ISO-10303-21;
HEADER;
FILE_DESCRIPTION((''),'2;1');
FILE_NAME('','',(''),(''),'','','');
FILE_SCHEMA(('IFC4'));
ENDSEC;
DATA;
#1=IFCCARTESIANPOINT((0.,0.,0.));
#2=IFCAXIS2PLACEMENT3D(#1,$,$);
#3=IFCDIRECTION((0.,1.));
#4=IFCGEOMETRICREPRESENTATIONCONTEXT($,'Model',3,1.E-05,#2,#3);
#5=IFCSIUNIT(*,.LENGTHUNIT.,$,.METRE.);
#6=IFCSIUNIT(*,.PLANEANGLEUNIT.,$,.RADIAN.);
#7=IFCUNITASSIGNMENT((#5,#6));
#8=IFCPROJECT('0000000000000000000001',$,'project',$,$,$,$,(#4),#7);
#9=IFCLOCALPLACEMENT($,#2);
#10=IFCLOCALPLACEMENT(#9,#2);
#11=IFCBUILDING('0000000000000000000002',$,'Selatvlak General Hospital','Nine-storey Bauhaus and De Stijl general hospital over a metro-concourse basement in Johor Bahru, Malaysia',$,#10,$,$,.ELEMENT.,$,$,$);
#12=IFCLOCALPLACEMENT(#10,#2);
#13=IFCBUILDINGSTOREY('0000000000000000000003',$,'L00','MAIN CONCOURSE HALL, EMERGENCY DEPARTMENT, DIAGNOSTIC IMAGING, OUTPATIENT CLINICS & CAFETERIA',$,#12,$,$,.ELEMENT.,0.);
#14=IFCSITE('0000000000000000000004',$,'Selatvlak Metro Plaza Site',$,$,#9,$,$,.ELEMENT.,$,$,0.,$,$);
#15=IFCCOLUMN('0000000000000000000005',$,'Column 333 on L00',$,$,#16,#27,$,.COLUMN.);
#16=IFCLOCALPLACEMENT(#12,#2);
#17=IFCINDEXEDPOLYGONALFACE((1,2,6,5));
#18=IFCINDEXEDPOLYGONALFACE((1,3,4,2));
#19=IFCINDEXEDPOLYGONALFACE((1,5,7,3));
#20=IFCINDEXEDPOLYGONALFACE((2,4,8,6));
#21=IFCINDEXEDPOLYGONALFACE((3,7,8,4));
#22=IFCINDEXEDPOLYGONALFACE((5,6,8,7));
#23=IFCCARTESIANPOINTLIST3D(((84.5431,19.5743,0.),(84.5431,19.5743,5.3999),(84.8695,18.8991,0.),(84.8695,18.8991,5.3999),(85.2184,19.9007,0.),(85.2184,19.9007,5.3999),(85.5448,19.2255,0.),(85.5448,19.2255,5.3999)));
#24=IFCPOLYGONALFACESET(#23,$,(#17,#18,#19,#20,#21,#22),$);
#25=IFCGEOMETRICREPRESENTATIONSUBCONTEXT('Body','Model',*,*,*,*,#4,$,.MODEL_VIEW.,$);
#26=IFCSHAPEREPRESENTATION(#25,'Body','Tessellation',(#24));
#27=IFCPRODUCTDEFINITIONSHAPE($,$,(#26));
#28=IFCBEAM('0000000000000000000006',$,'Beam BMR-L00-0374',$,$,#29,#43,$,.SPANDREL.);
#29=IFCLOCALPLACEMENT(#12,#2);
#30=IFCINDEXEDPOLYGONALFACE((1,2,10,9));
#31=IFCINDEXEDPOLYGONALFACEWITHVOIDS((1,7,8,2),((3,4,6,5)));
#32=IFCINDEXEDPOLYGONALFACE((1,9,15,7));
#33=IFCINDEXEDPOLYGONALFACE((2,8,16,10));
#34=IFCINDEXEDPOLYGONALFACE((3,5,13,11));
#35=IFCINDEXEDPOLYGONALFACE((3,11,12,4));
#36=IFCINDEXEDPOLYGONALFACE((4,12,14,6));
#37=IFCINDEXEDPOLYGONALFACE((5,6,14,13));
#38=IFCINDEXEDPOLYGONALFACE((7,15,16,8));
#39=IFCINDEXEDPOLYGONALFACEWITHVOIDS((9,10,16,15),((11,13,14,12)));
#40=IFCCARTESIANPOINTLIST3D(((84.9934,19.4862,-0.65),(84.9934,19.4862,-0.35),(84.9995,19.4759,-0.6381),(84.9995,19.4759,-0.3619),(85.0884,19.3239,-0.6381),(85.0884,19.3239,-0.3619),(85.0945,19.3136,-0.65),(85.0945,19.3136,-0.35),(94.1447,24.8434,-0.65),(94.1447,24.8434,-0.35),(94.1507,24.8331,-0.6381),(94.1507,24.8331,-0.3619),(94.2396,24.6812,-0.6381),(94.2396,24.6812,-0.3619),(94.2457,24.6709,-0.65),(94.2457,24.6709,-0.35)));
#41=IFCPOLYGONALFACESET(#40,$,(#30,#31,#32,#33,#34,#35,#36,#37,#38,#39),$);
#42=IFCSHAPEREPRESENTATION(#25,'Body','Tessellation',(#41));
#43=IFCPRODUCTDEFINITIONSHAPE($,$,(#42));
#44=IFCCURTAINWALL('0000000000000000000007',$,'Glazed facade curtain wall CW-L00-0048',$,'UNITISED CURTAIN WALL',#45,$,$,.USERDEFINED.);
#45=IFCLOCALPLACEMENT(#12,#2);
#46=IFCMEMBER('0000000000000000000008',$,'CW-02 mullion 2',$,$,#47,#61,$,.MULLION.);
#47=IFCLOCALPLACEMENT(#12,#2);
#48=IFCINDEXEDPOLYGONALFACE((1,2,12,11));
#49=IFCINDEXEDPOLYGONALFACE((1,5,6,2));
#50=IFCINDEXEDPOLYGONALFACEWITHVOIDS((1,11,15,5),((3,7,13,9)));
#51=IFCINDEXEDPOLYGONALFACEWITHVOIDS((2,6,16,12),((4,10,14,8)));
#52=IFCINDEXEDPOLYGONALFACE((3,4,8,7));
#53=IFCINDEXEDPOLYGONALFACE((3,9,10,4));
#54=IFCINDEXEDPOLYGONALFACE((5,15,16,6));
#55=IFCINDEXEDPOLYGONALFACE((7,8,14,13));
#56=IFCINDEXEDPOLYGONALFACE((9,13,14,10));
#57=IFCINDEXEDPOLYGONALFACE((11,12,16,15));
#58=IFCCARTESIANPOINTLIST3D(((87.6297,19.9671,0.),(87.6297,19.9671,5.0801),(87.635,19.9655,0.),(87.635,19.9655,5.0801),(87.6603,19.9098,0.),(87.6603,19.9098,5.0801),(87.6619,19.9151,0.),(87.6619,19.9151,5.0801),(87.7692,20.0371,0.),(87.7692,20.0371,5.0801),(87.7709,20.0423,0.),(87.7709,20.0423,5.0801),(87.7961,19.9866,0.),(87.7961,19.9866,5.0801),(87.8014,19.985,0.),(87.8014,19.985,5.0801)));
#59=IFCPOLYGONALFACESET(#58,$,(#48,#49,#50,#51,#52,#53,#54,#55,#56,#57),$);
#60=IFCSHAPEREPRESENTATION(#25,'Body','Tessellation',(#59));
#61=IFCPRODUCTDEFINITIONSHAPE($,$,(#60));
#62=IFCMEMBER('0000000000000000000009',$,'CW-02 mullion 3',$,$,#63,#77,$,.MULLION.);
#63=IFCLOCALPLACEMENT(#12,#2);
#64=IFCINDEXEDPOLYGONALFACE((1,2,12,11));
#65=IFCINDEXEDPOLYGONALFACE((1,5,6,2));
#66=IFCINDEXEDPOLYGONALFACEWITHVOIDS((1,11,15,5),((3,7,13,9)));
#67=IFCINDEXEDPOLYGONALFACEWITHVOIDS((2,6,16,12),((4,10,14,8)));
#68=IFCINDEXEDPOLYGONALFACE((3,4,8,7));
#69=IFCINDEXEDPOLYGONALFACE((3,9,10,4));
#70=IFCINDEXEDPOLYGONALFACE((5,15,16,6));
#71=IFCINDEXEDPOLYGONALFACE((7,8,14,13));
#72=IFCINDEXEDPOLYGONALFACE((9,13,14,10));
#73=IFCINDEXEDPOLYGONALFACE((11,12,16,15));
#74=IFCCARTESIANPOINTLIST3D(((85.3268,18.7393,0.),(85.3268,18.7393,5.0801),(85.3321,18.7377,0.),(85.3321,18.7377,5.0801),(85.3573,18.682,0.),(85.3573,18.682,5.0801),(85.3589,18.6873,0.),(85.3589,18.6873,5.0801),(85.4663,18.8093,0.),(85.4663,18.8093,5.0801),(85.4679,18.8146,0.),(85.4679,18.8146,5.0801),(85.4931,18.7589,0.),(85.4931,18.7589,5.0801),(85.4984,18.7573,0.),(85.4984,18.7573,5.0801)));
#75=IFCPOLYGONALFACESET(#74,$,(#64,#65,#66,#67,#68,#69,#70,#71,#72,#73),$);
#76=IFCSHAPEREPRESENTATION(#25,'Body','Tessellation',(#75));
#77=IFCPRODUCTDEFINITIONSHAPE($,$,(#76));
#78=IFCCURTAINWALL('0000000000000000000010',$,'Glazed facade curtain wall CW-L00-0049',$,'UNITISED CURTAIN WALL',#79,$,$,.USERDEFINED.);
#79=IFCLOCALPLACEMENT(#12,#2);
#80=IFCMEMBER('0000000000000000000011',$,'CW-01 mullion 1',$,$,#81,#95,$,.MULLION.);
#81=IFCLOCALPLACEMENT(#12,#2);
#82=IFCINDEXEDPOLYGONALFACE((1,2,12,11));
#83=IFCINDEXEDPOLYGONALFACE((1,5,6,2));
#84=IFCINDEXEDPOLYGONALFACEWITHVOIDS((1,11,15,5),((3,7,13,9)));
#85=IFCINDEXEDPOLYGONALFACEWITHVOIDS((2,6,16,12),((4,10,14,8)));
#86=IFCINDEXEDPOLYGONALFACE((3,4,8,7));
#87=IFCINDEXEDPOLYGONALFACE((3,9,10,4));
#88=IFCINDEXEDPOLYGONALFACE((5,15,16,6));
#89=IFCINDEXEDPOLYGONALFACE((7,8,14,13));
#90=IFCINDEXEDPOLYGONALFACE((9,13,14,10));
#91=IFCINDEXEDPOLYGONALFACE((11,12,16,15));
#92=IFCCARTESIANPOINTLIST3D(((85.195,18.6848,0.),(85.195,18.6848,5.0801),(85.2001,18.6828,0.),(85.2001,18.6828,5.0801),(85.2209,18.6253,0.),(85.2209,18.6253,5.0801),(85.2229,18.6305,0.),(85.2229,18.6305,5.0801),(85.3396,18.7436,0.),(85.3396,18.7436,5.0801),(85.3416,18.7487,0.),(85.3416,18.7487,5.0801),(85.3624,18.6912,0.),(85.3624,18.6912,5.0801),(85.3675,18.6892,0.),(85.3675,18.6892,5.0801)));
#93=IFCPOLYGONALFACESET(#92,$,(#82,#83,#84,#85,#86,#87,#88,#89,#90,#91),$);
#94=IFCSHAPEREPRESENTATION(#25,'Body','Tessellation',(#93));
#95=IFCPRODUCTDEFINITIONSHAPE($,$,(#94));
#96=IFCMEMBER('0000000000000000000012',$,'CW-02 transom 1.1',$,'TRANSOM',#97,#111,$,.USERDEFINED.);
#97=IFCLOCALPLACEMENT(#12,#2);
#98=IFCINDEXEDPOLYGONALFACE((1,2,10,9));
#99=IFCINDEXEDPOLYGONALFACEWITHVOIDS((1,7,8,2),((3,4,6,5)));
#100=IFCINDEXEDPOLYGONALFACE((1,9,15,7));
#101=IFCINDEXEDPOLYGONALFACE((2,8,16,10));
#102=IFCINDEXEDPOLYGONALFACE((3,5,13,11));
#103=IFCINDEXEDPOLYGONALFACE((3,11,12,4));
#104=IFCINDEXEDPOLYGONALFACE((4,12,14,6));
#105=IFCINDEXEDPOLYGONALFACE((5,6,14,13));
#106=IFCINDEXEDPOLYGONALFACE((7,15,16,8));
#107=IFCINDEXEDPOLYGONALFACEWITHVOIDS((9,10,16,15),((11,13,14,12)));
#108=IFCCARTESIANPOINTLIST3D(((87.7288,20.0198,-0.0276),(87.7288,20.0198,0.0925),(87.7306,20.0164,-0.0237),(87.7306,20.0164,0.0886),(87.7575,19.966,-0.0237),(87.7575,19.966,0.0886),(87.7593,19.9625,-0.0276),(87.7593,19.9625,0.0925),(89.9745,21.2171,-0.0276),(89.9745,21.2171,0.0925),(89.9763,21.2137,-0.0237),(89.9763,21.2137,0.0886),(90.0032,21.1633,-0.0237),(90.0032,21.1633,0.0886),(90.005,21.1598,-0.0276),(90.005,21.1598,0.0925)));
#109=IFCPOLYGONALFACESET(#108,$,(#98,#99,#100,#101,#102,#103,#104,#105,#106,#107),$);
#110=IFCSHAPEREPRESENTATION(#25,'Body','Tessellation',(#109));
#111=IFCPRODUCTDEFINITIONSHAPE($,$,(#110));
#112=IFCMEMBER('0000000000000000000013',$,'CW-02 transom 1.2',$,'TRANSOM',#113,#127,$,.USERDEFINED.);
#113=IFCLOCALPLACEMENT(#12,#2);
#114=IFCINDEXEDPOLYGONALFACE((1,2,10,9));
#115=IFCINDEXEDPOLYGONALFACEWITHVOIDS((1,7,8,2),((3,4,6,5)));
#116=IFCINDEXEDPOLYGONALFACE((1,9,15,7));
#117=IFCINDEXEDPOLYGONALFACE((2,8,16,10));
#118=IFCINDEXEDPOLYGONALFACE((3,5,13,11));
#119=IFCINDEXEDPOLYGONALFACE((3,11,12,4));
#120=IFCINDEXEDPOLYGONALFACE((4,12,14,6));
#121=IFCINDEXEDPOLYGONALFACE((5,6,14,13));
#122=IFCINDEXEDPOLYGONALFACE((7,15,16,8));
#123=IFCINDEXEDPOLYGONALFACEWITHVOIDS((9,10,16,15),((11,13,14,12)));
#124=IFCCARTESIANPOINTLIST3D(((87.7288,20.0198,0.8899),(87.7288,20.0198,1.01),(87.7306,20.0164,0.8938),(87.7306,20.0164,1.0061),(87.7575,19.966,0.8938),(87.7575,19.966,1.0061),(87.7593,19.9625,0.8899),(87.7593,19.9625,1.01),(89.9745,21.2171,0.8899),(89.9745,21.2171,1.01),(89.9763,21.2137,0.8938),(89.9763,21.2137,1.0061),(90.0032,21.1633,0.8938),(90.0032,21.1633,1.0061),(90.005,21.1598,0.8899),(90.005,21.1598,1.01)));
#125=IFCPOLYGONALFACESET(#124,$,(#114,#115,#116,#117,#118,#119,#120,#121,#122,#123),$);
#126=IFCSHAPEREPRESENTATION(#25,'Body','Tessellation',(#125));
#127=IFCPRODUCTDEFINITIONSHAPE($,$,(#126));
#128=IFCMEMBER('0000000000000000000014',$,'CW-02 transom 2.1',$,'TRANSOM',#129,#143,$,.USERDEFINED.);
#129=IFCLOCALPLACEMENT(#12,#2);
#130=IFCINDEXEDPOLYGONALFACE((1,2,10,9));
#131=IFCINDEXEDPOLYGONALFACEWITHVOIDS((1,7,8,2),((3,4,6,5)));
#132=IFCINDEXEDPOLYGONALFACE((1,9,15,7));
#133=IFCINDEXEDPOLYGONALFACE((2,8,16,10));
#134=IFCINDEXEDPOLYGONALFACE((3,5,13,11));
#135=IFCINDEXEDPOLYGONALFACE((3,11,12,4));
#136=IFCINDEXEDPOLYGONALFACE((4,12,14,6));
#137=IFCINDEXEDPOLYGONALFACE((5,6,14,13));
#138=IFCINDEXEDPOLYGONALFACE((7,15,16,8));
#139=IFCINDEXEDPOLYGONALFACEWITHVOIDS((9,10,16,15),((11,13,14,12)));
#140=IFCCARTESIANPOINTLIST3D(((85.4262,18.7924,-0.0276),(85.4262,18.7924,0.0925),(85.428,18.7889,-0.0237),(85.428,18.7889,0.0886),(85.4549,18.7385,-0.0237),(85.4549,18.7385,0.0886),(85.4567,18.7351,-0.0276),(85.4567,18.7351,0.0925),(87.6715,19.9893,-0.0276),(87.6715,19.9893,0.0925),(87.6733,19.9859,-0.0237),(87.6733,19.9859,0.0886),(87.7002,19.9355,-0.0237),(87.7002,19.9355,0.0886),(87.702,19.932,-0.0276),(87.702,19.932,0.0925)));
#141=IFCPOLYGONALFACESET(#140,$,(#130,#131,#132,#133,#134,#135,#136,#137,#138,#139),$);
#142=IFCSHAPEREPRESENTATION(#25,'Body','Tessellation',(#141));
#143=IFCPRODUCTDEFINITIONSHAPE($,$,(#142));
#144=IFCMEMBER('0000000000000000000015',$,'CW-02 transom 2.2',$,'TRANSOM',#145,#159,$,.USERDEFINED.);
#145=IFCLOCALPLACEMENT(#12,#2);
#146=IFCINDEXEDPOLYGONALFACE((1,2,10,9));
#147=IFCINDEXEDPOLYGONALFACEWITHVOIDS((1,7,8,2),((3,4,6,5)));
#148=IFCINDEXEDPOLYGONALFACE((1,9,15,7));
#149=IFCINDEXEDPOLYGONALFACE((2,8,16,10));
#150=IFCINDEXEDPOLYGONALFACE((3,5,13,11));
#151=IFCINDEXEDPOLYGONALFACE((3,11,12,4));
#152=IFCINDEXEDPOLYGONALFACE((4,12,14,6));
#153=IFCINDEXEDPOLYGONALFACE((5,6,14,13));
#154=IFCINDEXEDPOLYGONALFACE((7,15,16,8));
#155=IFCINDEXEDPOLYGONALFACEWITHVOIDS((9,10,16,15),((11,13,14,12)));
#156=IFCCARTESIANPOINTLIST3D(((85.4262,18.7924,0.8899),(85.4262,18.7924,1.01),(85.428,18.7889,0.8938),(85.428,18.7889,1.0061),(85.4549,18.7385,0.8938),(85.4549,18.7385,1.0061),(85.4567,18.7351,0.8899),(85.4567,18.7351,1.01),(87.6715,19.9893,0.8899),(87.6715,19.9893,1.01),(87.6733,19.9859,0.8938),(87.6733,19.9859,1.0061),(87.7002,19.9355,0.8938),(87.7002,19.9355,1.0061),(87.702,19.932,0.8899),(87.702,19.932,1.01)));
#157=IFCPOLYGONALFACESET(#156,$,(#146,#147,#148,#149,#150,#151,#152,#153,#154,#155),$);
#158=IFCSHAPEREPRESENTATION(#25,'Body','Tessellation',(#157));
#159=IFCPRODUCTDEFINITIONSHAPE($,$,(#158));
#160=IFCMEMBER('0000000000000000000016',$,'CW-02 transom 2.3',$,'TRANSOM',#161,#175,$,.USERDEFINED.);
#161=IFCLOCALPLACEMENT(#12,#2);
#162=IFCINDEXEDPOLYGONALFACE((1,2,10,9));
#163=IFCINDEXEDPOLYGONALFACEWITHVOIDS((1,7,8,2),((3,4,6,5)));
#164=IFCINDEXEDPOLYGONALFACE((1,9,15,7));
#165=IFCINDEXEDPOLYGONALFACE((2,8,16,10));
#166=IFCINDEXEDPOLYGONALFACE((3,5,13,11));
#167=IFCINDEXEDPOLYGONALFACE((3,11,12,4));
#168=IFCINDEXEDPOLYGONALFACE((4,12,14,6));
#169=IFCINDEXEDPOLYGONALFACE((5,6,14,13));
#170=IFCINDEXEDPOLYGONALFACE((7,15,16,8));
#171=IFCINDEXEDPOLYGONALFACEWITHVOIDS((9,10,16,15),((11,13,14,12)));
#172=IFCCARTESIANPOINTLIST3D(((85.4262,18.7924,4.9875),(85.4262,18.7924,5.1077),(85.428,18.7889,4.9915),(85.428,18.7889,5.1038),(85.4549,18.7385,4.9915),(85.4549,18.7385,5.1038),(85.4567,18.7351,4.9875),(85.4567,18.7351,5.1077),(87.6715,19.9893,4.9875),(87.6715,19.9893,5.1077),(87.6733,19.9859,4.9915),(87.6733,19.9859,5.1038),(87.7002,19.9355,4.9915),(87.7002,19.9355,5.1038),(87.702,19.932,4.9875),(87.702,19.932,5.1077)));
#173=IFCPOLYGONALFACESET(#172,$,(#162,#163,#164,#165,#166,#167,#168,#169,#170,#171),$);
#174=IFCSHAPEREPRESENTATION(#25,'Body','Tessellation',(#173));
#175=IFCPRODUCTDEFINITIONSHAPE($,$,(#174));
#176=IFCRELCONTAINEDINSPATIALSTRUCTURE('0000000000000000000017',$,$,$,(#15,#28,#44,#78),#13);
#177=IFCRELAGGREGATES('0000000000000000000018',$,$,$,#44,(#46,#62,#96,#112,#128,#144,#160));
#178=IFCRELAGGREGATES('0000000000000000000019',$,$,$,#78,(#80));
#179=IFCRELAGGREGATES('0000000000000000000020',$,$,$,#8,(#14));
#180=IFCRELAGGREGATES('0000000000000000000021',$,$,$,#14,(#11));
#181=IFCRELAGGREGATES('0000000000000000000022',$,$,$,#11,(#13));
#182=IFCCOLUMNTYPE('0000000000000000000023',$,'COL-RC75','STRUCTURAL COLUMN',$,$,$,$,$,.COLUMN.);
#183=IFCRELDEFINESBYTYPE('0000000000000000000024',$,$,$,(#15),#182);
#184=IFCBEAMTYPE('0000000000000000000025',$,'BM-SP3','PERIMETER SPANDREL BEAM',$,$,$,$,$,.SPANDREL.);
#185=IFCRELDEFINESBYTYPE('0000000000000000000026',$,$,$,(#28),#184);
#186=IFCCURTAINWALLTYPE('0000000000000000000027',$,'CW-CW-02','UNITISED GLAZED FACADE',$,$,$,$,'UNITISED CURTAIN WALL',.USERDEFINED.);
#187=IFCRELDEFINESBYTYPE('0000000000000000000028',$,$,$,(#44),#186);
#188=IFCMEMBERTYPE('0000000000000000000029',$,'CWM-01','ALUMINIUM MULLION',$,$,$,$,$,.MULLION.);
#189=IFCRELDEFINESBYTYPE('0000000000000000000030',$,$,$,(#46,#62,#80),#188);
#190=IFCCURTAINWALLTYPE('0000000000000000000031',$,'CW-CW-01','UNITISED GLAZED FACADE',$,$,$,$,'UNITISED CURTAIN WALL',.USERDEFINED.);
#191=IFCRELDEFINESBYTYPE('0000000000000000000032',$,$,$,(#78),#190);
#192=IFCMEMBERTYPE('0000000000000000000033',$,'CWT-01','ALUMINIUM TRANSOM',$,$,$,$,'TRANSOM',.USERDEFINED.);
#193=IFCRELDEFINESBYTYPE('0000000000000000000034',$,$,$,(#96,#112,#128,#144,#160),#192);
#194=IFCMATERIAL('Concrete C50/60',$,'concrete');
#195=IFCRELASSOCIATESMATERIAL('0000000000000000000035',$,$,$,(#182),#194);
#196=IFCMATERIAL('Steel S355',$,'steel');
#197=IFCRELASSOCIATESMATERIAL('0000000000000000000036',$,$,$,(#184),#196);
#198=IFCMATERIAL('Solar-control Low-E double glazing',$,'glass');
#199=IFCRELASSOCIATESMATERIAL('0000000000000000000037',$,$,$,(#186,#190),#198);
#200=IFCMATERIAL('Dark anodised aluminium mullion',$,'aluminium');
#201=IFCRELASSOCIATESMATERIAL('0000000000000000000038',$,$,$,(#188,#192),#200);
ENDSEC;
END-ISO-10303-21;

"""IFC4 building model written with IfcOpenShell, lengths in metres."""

from ifc_helpers import new_model, si_unit, direction, frame, origin, origin_2d, place, context, subcontext, project, spatial, rectangle, hollow_rectangle, extrude, material, material_profile, profile_set, type_object, element, aggregate, save


model = new_model("IFC4")

# Units and contexts
model_context = context("Model", 3, precision=1e-05, world=origin(), true_north=direction((0.0, 1.0)))
body_context = subcontext(model_context, "Body", "Model", "MODEL_VIEW")
ifc_project = project(units=[si_unit("LENGTHUNIT", "METRE"), si_unit("PLANEANGLEUNIT", "RADIAN")], contexts=[model_context])

# Site, building, storey
site_placement = place(None, origin())
site = spatial("IfcSite", under=ifc_project, at=site_placement, Name="Selatvlak Metro Plaza Site", CompositionType="ELEMENT", RefElevation=0.0)
building_placement = place(site_placement, origin())
building = spatial("IfcBuilding", under=site, at=building_placement, Name="Selatvlak General Hospital", Description="Nine-storey Bauhaus and De Stijl general hospital over a metro-concourse basement in Johor Bahru, Malaysia", CompositionType="ELEMENT")
storey_placement = place(building_placement, origin())
storey = spatial("IfcBuildingStorey", under=building, at=storey_placement, Name="L00", Description="MAIN CONCOURSE HALL, EMERGENCY DEPARTMENT, DIAGNOSTIC IMAGING, OUTPATIENT CLINICS & CAFETERIA", CompositionType="ELEMENT", Elevation=0.0)

# Column
ifc_material_1 = material(Name="Concrete C50/60", Category="concrete")
ifc_material_profile_1 = material_profile(ifc_material_1, rectangle(XDim=0.75, YDim=0.75, at=origin_2d()), Name="RC-COL 750x750")
ifc_profile_set_1 = profile_set([ifc_material_profile_1], Name="Concrete C50/60")
column_type = type_object("IfcColumnType", Name="COL-RC75", Description="STRUCTURAL COLUMN", PredefinedType="COLUMN", material=ifc_profile_set_1)
column_placement = place(storey_placement, frame((85.0439, 19.3999, 0.0), z_axis=(0.0, 0.0, 1.0), x_axis=(-0.4352, 0.900334, 0.0)))
element("IfcColumn", 1, at=column_placement, inside=storey, type_object=column_type, Name="Column 333 on L00", PredefinedType="COLUMN", context=body_context, shape_type="SweptSolid", body=[
    extrude(rectangle(XDim=0.75, YDim=0.75, at=origin_2d()), origin(), (0.0, 0.0, 1.0), 5.3999),
])

# Beam
ifc_material_2 = material(Name="Steel S355", Category="steel")
ifc_material_profile_2 = material_profile(ifc_material_2, hollow_rectangle(XDim=0.2, YDim=0.3, WallThickness=0.012, at=origin_2d()), Name="RHS 300x200x12")
ifc_profile_set_2 = profile_set([ifc_material_profile_2], Name="Steel S355")
beam_type = type_object("IfcBeamType", Name="BM-SP3", Description="PERIMETER SPANDREL BEAM", PredefinedType="SPANDREL", material=ifc_profile_set_2)
beam_placement = place(storey_placement, frame((85.0439, 19.3999, -0.5), z_axis=(0.862997, 0.505209, 0.0), x_axis=(-0.505209, 0.862997, 0.0)))
element("IfcBeam", 2, at=beam_placement, inside=storey, type_object=beam_type, Name="Beam BMR-L00-0374", PredefinedType="SPANDREL", context=body_context, shape_type="SweptSolid", body=[
    extrude(hollow_rectangle(XDim=0.2, YDim=0.3, WallThickness=0.012, at=origin_2d()), origin(), (0.0, 0.0, 1.0), 10.604),
])

# Curtain wall, members
ifc_material_3 = material(Name="Solar-control Low-E double glazing", Category="glass")
curtain_wall_type_1 = type_object("IfcCurtainWallType", Name="CW-CW-02", Description="UNITISED GLAZED FACADE", ElementType="UNITISED CURTAIN WALL", PredefinedType="USERDEFINED", material=ifc_material_3)
curtain_wall_1_placement = place(storey_placement, origin())
curtain_wall_1 = element("IfcCurtainWall", 3, at=curtain_wall_1_placement, inside=storey, type_object=curtain_wall_type_1, Name="Glazed facade curtain wall CW-L00-0048", ObjectType="UNITISED CURTAIN WALL", PredefinedType="USERDEFINED")
ifc_material_4 = material(Name="Dark anodised aluminium mullion", Category="aluminium")
ifc_material_profile_3 = material_profile(ifc_material_4, hollow_rectangle(XDim=0.0649, YDim=0.1599, WallThickness=0.0039, at=origin_2d()), Name="AL-MUL 65x160x4")
ifc_profile_set_3 = profile_set([ifc_material_profile_3], Name="Dark anodised aluminium mullion")
member_type_1 = type_object("IfcMemberType", Name="CWM-01", Description="ALUMINIUM MULLION", PredefinedType="MULLION", material=ifc_profile_set_3)
member_1_placement = place(storey_placement, frame((87.7156, 19.9761, 0.0), z_axis=(0.0, 0.0, 1.0), x_axis=(0.470451, -0.882426, 0.0)))
member_1 = element("IfcMember", 4, at=member_1_placement, type_object=member_type_1, Name="CW-02 mullion 2", PredefinedType="MULLION", context=body_context, shape_type="SweptSolid", body=[
    extrude(hollow_rectangle(XDim=0.0649, YDim=0.1599, WallThickness=0.0039, at=origin_2d()), origin(), (0.0, 0.0, 1.0), 5.0801),
])
member_2_placement = place(storey_placement, frame((85.4126, 18.7483, 0.0), z_axis=(0.0, 0.0, 1.0), x_axis=(0.470451, -0.882426, 0.0)))
member_2 = element("IfcMember", 5, at=member_2_placement, type_object=member_type_1, Name="CW-02 mullion 3", PredefinedType="MULLION", context=body_context, shape_type="SweptSolid", body=[
    extrude(hollow_rectangle(XDim=0.0649, YDim=0.1599, WallThickness=0.0039, at=origin_2d()), origin(), (0.0, 0.0, 1.0), 5.0801),
])

# Curtain wall, member
curtain_wall_type_2 = type_object("IfcCurtainWallType", Name="CW-CW-01", Description="UNITISED GLAZED FACADE", ElementType="UNITISED CURTAIN WALL", PredefinedType="USERDEFINED", material=ifc_material_3)
curtain_wall_2_placement = place(storey_placement, origin())
curtain_wall_2 = element("IfcCurtainWall", 6, at=curtain_wall_2_placement, inside=storey, type_object=curtain_wall_type_2, Name="Glazed facade curtain wall CW-L00-0049", ObjectType="UNITISED CURTAIN WALL", PredefinedType="USERDEFINED")
member_3_placement = place(storey_placement, frame((85.2812, 18.687, 0.0), z_axis=(0.0, 0.0, 1.0), x_axis=(0.39939, -0.916781, 0.0)))
member_3 = element("IfcMember", 7, at=member_3_placement, type_object=member_type_1, Name="CW-01 mullion 1", PredefinedType="MULLION", context=body_context, shape_type="SweptSolid", body=[
    extrude(hollow_rectangle(XDim=0.0649, YDim=0.1599, WallThickness=0.0039, at=origin_2d()), origin(), (0.0, 0.0, 1.0), 5.0801),
])

# Members
ifc_material_profile_4 = material_profile(ifc_material_4, hollow_rectangle(XDim=0.0649, YDim=0.1201, WallThickness=0.0039, at=origin_2d()), Name="AL-TRN 65x120x4")
ifc_profile_set_4 = profile_set([ifc_material_profile_4], Name="Dark anodised aluminium mullion")
member_type_2 = type_object("IfcMemberType", Name="CWT-01", Description="ALUMINIUM TRANSOM", ElementType="TRANSOM", PredefinedType="USERDEFINED", material=ifc_profile_set_4)
member_4_placement = place(storey_placement, frame((89.9897, 21.1885, 0.0325), z_axis=(-0.882417, -0.470469, 0.0), x_axis=(0.470469, -0.882417, 0.0)))
member_4 = element("IfcMember", 8, at=member_4_placement, type_object=member_type_2, Name="CW-02 transom 1.1", ObjectType="TRANSOM", PredefinedType="USERDEFINED", context=body_context, shape_type="SweptSolid", body=[
    extrude(hollow_rectangle(XDim=0.0649, YDim=0.1201, WallThickness=0.0039, at=origin_2d()), origin(), (0.0, 0.0, 1.0), 2.5449),
])
member_5_placement = place(storey_placement, frame((89.9897, 21.1885, 0.95), z_axis=(-0.882417, -0.470469, 0.0), x_axis=(0.470469, -0.882417, 0.0)))
member_5 = element("IfcMember", 9, at=member_5_placement, type_object=member_type_2, Name="CW-02 transom 1.2", ObjectType="TRANSOM", PredefinedType="USERDEFINED", context=body_context, shape_type="SweptSolid", body=[
    extrude(hollow_rectangle(XDim=0.0649, YDim=0.1201, WallThickness=0.0039, at=origin_2d()), origin(), (0.0, 0.0, 1.0), 2.5449),
])
member_6_placement = place(storey_placement, frame((87.6868, 19.9607, 0.0325), z_axis=(-0.882435, -0.470434, 0.0), x_axis=(0.470434, -0.882435, 0.0)))
member_6 = element("IfcMember", 10, at=member_6_placement, type_object=member_type_2, Name="CW-02 transom 2.1", ObjectType="TRANSOM", PredefinedType="USERDEFINED", context=body_context, shape_type="SweptSolid", body=[
    extrude(hollow_rectangle(XDim=0.0649, YDim=0.1201, WallThickness=0.0039, at=origin_2d()), origin(), (0.0, 0.0, 1.0), 2.5444),
])
member_7_placement = place(storey_placement, frame((87.6868, 19.9607, 0.95), z_axis=(-0.882435, -0.470434, 0.0), x_axis=(0.470434, -0.882435, 0.0)))
member_7 = element("IfcMember", 11, at=member_7_placement, type_object=member_type_2, Name="CW-02 transom 2.2", ObjectType="TRANSOM", PredefinedType="USERDEFINED", context=body_context, shape_type="SweptSolid", body=[
    extrude(hollow_rectangle(XDim=0.0649, YDim=0.1201, WallThickness=0.0039, at=origin_2d()), origin(), (0.0, 0.0, 1.0), 2.5444),
])
member_8_placement = place(storey_placement, frame((87.6868, 19.9607, 5.0476), z_axis=(-0.882435, -0.470434, 0.0), x_axis=(0.470434, -0.882435, 0.0)))
member_8 = element("IfcMember", 12, at=member_8_placement, type_object=member_type_2, Name="CW-02 transom 2.3", ObjectType="TRANSOM", PredefinedType="USERDEFINED", context=body_context, shape_type="SweptSolid", body=[
    extrude(hollow_rectangle(XDim=0.0649, YDim=0.1201, WallThickness=0.0039, at=origin_2d()), origin(), (0.0, 0.0, 1.0), 2.5444),
])

aggregate(curtain_wall_1, [member_1, member_2, member_4, member_5, member_6, member_7, member_8])
aggregate(curtain_wall_2, [member_3])

save(model, "model.ifc")
